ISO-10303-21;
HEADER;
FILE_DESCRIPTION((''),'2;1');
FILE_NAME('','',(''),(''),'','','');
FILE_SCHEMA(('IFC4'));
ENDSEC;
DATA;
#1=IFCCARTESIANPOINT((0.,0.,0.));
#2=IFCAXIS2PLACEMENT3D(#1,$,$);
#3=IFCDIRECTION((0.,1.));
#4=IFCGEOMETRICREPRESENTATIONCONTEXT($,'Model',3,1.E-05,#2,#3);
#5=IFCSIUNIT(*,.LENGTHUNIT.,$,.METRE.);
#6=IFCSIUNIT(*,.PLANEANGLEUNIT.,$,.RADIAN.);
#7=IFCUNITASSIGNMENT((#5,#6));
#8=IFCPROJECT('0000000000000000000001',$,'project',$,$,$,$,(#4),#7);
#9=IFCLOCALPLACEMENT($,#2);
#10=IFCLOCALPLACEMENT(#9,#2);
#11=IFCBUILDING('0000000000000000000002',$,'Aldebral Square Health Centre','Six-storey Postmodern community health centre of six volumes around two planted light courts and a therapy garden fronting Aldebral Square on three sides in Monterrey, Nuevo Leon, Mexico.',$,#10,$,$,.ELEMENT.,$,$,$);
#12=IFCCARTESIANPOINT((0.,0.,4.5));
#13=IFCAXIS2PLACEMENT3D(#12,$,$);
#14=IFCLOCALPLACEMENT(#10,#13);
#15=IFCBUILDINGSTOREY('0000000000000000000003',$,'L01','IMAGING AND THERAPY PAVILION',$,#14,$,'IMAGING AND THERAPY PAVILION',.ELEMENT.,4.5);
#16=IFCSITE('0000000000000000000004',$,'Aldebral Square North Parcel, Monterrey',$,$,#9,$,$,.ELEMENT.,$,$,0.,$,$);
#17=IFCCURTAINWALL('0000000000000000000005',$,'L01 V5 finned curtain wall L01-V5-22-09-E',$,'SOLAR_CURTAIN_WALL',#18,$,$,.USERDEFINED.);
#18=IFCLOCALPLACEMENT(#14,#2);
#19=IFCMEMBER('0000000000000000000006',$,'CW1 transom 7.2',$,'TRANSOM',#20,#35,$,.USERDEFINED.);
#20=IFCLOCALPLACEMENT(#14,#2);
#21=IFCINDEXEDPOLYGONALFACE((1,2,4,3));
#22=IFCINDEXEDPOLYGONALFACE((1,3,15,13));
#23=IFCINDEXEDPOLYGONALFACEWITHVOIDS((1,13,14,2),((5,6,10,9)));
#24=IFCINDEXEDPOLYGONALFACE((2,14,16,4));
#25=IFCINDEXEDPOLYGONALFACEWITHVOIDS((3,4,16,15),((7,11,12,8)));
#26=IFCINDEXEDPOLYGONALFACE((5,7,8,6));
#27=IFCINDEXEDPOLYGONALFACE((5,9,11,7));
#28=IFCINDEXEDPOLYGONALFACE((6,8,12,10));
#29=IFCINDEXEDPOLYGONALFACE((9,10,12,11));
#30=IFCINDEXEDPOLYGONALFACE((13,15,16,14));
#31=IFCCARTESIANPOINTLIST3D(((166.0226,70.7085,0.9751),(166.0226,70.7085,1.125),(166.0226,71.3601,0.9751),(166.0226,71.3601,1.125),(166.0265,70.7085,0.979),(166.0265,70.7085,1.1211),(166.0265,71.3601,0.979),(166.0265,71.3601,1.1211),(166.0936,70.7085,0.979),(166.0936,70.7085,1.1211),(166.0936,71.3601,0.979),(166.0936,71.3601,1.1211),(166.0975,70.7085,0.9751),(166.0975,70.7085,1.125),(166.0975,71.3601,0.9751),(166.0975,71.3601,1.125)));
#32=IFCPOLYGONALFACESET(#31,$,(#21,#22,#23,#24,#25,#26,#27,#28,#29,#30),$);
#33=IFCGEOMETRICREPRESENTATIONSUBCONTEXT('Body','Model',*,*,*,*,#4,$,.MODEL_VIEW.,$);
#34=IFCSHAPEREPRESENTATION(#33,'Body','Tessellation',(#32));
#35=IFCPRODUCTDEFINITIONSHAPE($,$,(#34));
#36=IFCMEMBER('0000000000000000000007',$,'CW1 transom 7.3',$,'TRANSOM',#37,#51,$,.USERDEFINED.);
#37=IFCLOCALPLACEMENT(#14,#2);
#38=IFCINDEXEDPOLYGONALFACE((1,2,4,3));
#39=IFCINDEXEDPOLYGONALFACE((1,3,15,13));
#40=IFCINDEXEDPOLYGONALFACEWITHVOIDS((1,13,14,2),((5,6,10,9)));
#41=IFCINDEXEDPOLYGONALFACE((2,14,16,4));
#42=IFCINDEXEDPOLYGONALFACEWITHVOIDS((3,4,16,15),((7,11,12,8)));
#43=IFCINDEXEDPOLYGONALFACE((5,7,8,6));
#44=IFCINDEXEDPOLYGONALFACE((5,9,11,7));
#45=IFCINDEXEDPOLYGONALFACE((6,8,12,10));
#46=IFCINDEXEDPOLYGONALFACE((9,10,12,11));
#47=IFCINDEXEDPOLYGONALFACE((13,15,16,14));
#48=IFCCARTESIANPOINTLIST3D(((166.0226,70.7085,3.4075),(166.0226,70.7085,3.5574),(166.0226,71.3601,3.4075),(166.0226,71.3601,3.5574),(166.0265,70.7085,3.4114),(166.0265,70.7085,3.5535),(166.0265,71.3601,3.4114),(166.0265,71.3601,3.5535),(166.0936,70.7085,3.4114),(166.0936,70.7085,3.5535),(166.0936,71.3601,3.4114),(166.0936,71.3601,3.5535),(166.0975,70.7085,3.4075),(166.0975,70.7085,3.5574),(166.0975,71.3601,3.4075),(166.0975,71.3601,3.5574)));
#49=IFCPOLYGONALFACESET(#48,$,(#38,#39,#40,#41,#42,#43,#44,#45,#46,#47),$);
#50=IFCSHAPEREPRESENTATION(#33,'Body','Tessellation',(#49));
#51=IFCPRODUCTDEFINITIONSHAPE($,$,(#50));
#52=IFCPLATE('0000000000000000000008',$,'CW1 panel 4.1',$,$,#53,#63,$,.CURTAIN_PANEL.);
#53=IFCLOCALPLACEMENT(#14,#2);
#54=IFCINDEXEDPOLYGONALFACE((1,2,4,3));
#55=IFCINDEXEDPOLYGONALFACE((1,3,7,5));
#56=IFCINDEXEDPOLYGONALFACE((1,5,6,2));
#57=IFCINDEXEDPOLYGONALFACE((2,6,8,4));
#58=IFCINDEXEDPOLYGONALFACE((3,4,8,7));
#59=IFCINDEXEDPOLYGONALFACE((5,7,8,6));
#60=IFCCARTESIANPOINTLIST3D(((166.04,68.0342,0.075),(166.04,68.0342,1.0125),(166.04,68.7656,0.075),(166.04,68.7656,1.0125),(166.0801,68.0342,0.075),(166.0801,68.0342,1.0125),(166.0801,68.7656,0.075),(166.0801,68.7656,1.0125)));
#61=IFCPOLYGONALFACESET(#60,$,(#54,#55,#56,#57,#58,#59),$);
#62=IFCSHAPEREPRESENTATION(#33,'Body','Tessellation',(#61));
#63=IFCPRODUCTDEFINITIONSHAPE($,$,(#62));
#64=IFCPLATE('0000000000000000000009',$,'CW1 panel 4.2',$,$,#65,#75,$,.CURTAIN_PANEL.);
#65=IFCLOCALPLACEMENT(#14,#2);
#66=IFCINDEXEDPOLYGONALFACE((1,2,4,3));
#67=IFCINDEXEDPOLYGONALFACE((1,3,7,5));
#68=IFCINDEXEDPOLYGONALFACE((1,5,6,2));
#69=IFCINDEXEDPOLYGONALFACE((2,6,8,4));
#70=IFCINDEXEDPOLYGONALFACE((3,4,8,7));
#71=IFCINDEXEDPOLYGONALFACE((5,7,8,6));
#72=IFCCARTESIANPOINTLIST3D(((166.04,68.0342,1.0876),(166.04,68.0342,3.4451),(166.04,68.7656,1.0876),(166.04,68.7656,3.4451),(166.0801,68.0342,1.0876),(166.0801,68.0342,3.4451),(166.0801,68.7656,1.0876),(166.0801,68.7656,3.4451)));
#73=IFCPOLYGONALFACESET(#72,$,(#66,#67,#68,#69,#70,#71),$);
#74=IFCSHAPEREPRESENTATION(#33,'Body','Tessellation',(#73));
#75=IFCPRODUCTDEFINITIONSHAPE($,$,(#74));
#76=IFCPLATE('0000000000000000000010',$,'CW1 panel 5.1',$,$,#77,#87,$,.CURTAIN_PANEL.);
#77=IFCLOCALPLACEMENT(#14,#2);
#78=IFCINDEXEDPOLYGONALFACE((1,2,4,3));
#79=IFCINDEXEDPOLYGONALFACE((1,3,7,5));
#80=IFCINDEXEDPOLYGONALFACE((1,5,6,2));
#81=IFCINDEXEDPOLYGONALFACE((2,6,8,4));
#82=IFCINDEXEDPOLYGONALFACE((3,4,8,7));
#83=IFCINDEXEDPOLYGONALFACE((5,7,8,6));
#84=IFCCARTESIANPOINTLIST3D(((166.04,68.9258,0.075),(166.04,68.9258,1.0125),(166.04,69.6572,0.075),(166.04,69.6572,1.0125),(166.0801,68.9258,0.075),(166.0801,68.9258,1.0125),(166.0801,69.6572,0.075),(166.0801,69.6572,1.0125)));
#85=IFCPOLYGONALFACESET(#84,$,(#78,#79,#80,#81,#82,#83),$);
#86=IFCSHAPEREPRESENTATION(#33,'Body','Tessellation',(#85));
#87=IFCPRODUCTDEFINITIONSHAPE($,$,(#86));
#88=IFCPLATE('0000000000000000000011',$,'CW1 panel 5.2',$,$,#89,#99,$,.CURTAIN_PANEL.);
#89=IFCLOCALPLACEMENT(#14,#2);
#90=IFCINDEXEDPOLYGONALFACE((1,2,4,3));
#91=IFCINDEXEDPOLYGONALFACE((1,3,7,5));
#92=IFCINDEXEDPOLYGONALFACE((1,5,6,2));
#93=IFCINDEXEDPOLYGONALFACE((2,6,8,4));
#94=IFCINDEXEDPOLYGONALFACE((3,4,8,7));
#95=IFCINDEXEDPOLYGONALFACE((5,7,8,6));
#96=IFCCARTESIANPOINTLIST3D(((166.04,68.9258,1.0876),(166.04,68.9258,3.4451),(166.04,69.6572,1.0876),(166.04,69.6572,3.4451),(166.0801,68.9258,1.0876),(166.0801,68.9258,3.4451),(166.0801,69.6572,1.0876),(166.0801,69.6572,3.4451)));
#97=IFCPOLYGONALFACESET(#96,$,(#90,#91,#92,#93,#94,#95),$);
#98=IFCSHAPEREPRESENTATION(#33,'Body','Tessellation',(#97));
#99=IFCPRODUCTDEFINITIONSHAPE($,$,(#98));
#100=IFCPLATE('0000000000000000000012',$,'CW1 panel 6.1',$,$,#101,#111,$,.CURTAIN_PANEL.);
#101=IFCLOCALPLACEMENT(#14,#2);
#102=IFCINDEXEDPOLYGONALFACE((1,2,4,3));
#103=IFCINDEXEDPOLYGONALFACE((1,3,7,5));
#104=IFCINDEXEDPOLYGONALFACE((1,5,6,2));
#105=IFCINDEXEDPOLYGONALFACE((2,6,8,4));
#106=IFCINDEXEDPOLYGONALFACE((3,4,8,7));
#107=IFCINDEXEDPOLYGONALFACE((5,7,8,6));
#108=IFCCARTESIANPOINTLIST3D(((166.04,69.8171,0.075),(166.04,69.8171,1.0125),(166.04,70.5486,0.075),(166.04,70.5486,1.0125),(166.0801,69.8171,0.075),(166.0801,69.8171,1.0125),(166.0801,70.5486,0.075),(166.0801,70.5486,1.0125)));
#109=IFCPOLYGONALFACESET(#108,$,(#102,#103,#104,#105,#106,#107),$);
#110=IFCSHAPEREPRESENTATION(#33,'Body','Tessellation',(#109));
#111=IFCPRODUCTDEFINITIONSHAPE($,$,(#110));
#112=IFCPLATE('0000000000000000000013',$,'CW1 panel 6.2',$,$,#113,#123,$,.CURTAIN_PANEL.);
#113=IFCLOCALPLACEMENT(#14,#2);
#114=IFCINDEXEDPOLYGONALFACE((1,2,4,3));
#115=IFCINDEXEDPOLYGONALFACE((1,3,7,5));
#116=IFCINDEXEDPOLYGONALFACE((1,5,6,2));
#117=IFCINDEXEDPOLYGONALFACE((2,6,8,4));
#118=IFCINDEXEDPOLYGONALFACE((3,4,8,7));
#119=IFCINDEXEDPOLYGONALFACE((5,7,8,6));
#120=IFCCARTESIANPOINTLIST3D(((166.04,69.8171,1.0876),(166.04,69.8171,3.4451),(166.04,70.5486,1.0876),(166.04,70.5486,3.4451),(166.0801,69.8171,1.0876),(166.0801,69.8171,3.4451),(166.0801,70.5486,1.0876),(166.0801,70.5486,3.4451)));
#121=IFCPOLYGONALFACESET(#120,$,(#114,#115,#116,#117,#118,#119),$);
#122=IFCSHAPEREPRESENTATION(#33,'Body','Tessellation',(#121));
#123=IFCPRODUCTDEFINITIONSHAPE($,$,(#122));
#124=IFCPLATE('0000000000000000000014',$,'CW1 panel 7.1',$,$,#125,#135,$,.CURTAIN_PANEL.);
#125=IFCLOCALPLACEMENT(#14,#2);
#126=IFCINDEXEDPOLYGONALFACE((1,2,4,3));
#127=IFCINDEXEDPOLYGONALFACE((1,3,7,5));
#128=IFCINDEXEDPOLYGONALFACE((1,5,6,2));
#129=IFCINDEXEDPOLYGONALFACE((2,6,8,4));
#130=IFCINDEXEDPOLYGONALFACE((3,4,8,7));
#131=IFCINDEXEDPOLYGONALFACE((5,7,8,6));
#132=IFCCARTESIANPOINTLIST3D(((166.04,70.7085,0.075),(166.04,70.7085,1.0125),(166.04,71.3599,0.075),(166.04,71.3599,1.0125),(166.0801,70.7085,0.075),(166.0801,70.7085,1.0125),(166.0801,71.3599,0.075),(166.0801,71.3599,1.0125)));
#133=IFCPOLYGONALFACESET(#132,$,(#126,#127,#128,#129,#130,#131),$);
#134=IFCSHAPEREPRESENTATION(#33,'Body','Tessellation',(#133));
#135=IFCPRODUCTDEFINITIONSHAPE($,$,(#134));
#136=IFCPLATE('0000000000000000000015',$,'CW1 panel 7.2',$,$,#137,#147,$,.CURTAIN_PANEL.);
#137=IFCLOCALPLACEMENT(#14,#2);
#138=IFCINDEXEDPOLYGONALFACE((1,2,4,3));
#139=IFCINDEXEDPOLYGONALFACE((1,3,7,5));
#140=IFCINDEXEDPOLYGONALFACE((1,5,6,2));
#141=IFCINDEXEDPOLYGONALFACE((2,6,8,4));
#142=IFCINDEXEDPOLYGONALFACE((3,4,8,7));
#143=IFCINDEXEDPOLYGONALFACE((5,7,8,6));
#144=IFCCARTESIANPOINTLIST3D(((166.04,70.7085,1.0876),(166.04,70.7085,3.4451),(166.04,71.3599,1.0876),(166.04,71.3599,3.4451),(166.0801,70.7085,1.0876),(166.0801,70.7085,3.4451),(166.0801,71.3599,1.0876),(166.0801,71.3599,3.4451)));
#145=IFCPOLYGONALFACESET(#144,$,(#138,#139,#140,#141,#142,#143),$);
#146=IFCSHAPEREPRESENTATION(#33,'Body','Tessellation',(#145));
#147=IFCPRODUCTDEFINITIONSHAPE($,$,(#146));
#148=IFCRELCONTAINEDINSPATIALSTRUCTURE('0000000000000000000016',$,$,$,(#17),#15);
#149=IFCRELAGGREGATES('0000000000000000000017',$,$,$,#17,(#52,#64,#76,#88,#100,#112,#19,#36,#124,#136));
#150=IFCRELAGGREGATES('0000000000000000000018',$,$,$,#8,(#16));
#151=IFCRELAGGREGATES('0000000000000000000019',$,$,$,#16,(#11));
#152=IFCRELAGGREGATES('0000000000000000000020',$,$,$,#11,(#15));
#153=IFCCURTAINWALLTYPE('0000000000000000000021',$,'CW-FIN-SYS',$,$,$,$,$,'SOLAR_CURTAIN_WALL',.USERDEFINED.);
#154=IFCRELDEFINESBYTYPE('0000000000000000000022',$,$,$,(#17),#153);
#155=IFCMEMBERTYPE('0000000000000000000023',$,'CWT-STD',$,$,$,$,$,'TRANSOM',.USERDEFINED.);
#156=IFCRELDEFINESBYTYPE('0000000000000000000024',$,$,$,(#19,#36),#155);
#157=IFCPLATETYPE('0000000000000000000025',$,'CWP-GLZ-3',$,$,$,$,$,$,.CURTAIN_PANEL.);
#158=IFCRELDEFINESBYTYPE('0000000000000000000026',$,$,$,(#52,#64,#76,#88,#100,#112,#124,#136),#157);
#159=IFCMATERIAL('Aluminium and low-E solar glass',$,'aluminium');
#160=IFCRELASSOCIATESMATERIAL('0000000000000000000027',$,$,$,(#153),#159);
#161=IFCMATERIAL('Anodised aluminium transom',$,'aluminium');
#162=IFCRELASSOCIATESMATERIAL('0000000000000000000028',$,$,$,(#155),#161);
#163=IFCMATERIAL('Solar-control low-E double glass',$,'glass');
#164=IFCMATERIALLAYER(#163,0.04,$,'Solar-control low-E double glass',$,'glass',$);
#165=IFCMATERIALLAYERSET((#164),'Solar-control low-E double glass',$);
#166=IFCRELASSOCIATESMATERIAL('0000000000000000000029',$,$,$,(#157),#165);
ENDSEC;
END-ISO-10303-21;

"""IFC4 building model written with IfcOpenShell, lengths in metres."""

from ifc_helpers import new_model, si_unit, direction, frame, origin, origin_2d, place, context, subcontext, project, spatial, rectangle, hollow_rectangle, extrude, material, layer, layer_set, material_profile, profile_set, type_object, element, aggregate, save


model = new_model("IFC4")

# Units and contexts
model_context = context("Model", 3, precision=1e-05, world=origin(), true_north=direction((0.0, 1.0)))
body_context = subcontext(model_context, "Body", "Model", "MODEL_VIEW")
ifc_project = project(units=[si_unit("LENGTHUNIT", "METRE"), si_unit("PLANEANGLEUNIT", "RADIAN")], contexts=[model_context])

# Site, building, storey
site_placement = place(None, origin())
site = spatial("IfcSite", under=ifc_project, at=site_placement, Name="Aldebral Square North Parcel, Monterrey", CompositionType="ELEMENT", RefElevation=0.0)
building_placement = place(site_placement, origin())
building = spatial("IfcBuilding", under=site, at=building_placement, Name="Aldebral Square Health Centre", Description="Six-storey Postmodern community health centre of six volumes around two planted light courts and a therapy garden fronting Aldebral Square on three sides in Monterrey, Nuevo Leon, Mexico.", CompositionType="ELEMENT")
storey_placement = place(building_placement, frame((0.0, 0.0, 4.5)))
storey = spatial("IfcBuildingStorey", under=building, at=storey_placement, Name="L01", Description="IMAGING AND THERAPY PAVILION", LongName="IMAGING AND THERAPY PAVILION", CompositionType="ELEMENT", Elevation=4.5)

# Curtain wall, members, plates
ifc_material_1 = material(Name="Aluminium and low-E solar glass", Category="aluminium")
curtain_wall_type = type_object("IfcCurtainWallType", Name="CW-FIN-SYS", ElementType="SOLAR_CURTAIN_WALL", PredefinedType="USERDEFINED", material=ifc_material_1)
curtain_wall_placement = place(storey_placement, origin())
curtain_wall = element("IfcCurtainWall", 1, at=curtain_wall_placement, inside=storey, type_object=curtain_wall_type, Name="L01 V5 finned curtain wall L01-V5-22-09-E", ObjectType="SOLAR_CURTAIN_WALL", PredefinedType="USERDEFINED")
ifc_material_2 = material(Name="Anodised aluminium transom", Category="aluminium")
ifc_material_profile_1 = material_profile(ifc_material_2, hollow_rectangle(XDim=0.075, YDim=0.1499, WallThickness=0.0039, at=origin_2d()), Name="CWT 75x150x4")
ifc_profile_set_1 = profile_set([ifc_material_profile_1], Name="Anodised aluminium transom")
member_type_1 = type_object("IfcMemberType", Name="CWT-STD", ElementType="TRANSOM", PredefinedType="USERDEFINED", material=ifc_profile_set_1)
member_1_placement = place(storey_placement, frame((166.0601, 70.7085, 1.05), z_axis=(0.0, 1.0, 0.0), x_axis=(-1.0, 0.0, 0.0)))
member_1 = element("IfcMember", 2, at=member_1_placement, type_object=member_type_1, Name="CW1 transom 7.2", ObjectType="TRANSOM", PredefinedType="USERDEFINED", context=body_context, shape_type="SweptSolid", body=[
    extrude(hollow_rectangle(XDim=0.075, YDim=0.1499, WallThickness=0.0039, at=origin_2d()), origin(), (0.0, 0.0, 1.0), 0.6516),
])
member_2_placement = place(storey_placement, frame((166.0601, 70.7085, 3.4824), z_axis=(0.0, 1.0, 0.0), x_axis=(-1.0, 0.0, 0.0)))
member_2 = element("IfcMember", 3, at=member_2_placement, type_object=member_type_1, Name="CW1 transom 7.3", ObjectType="TRANSOM", PredefinedType="USERDEFINED", context=body_context, shape_type="SweptSolid", body=[
    extrude(hollow_rectangle(XDim=0.075, YDim=0.1499, WallThickness=0.0039, at=origin_2d()), origin(), (0.0, 0.0, 1.0), 0.6516),
])
ifc_material_3 = material(Name="Solar-control low-E double glass", Category="glass")
ifc_layer = layer(ifc_material_3, 0.04, Name="Solar-control low-E double glass", Category="glass")
ifc_layer_set = layer_set([ifc_layer], Name="Solar-control low-E double glass")
plate_type = type_object("IfcPlateType", Name="CWP-GLZ-3", PredefinedType="CURTAIN_PANEL", material=ifc_layer_set)
plate_1_placement = place(storey_placement, frame((166.0601, 68.3999, 0.075), z_axis=(0.0, 0.0, 1.0), x_axis=(0.0, 1.0, 0.0)))
plate_1 = element("IfcPlate", 4, at=plate_1_placement, type_object=plate_type, Name="CW1 panel 4.1", PredefinedType="CURTAIN_PANEL", context=body_context, shape_type="SweptSolid", body=[
    extrude(rectangle(XDim=0.7314, YDim=0.04, at=origin_2d()), origin(), (0.0, 0.0, 1.0), 0.9375),
])
plate_2_placement = place(storey_placement, frame((166.0601, 68.3999, 1.0876), z_axis=(0.0, 0.0, 1.0), x_axis=(0.0, 1.0, 0.0)))
plate_2 = element("IfcPlate", 5, at=plate_2_placement, type_object=plate_type, Name="CW1 panel 4.2", PredefinedType="CURTAIN_PANEL", context=body_context, shape_type="SweptSolid", body=[
    extrude(rectangle(XDim=0.7314, YDim=0.04, at=origin_2d()), origin(), (0.0, 0.0, 1.0), 2.3574),
])
plate_3_placement = place(storey_placement, frame((166.0601, 69.2915, 0.075), z_axis=(0.0, 0.0, 1.0), x_axis=(0.0, 1.0, 0.0)))
plate_3 = element("IfcPlate", 6, at=plate_3_placement, type_object=plate_type, Name="CW1 panel 5.1", PredefinedType="CURTAIN_PANEL", context=body_context, shape_type="SweptSolid", body=[
    extrude(rectangle(XDim=0.7314, YDim=0.04, at=origin_2d()), origin(), (0.0, 0.0, 1.0), 0.9375),
])
plate_4_placement = place(storey_placement, frame((166.0601, 69.2915, 1.0876), z_axis=(0.0, 0.0, 1.0), x_axis=(0.0, 1.0, 0.0)))
plate_4 = element("IfcPlate", 7, at=plate_4_placement, type_object=plate_type, Name="CW1 panel 5.2", PredefinedType="CURTAIN_PANEL", context=body_context, shape_type="SweptSolid", body=[
    extrude(rectangle(XDim=0.7314, YDim=0.04, at=origin_2d()), origin(), (0.0, 0.0, 1.0), 2.3574),
])
plate_5_placement = place(storey_placement, frame((166.0601, 70.1829, 0.075), z_axis=(0.0, 0.0, 1.0), x_axis=(0.0, 1.0, 0.0)))
plate_5 = element("IfcPlate", 8, at=plate_5_placement, type_object=plate_type, Name="CW1 panel 6.1", PredefinedType="CURTAIN_PANEL", context=body_context, shape_type="SweptSolid", body=[
    extrude(rectangle(XDim=0.7314, YDim=0.04, at=origin_2d()), origin(), (0.0, 0.0, 1.0), 0.9375),
])
plate_6_placement = place(storey_placement, frame((166.0601, 70.1829, 1.0876), z_axis=(0.0, 0.0, 1.0), x_axis=(0.0, 1.0, 0.0)))
plate_6 = element("IfcPlate", 9, at=plate_6_placement, type_object=plate_type, Name="CW1 panel 6.2", PredefinedType="CURTAIN_PANEL", context=body_context, shape_type="SweptSolid", body=[
    extrude(rectangle(XDim=0.7314, YDim=0.04, at=origin_2d()), origin(), (0.0, 0.0, 1.0), 2.3574),
])
plate_7_placement = place(storey_placement, frame((166.0601, 71.0342, 0.075), z_axis=(0.0, 0.0, 1.0), x_axis=(0.0, 1.0, 0.0)))
plate_7 = element("IfcPlate", 10, at=plate_7_placement, type_object=plate_type, Name="CW1 panel 7.1", PredefinedType="CURTAIN_PANEL", context=body_context, shape_type="SweptSolid", body=[
    extrude(rectangle(XDim=0.6514, YDim=0.04, at=origin_2d()), origin(), (0.0, 0.0, 1.0), 0.9375),
])
plate_8_placement = place(storey_placement, frame((166.0601, 71.0342, 1.0876), z_axis=(0.0, 0.0, 1.0), x_axis=(0.0, 1.0, 0.0)))
plate_8 = element("IfcPlate", 11, at=plate_8_placement, type_object=plate_type, Name="CW1 panel 7.2", PredefinedType="CURTAIN_PANEL", context=body_context, shape_type="SweptSolid", body=[
    extrude(rectangle(XDim=0.6514, YDim=0.04, at=origin_2d()), origin(), (0.0, 0.0, 1.0), 2.3574),
])
aggregate(curtain_wall, [plate_1, plate_2, plate_3, plate_4, plate_5, plate_6, member_1, member_2, plate_7, plate_8])

save(model, "model.ifc")
